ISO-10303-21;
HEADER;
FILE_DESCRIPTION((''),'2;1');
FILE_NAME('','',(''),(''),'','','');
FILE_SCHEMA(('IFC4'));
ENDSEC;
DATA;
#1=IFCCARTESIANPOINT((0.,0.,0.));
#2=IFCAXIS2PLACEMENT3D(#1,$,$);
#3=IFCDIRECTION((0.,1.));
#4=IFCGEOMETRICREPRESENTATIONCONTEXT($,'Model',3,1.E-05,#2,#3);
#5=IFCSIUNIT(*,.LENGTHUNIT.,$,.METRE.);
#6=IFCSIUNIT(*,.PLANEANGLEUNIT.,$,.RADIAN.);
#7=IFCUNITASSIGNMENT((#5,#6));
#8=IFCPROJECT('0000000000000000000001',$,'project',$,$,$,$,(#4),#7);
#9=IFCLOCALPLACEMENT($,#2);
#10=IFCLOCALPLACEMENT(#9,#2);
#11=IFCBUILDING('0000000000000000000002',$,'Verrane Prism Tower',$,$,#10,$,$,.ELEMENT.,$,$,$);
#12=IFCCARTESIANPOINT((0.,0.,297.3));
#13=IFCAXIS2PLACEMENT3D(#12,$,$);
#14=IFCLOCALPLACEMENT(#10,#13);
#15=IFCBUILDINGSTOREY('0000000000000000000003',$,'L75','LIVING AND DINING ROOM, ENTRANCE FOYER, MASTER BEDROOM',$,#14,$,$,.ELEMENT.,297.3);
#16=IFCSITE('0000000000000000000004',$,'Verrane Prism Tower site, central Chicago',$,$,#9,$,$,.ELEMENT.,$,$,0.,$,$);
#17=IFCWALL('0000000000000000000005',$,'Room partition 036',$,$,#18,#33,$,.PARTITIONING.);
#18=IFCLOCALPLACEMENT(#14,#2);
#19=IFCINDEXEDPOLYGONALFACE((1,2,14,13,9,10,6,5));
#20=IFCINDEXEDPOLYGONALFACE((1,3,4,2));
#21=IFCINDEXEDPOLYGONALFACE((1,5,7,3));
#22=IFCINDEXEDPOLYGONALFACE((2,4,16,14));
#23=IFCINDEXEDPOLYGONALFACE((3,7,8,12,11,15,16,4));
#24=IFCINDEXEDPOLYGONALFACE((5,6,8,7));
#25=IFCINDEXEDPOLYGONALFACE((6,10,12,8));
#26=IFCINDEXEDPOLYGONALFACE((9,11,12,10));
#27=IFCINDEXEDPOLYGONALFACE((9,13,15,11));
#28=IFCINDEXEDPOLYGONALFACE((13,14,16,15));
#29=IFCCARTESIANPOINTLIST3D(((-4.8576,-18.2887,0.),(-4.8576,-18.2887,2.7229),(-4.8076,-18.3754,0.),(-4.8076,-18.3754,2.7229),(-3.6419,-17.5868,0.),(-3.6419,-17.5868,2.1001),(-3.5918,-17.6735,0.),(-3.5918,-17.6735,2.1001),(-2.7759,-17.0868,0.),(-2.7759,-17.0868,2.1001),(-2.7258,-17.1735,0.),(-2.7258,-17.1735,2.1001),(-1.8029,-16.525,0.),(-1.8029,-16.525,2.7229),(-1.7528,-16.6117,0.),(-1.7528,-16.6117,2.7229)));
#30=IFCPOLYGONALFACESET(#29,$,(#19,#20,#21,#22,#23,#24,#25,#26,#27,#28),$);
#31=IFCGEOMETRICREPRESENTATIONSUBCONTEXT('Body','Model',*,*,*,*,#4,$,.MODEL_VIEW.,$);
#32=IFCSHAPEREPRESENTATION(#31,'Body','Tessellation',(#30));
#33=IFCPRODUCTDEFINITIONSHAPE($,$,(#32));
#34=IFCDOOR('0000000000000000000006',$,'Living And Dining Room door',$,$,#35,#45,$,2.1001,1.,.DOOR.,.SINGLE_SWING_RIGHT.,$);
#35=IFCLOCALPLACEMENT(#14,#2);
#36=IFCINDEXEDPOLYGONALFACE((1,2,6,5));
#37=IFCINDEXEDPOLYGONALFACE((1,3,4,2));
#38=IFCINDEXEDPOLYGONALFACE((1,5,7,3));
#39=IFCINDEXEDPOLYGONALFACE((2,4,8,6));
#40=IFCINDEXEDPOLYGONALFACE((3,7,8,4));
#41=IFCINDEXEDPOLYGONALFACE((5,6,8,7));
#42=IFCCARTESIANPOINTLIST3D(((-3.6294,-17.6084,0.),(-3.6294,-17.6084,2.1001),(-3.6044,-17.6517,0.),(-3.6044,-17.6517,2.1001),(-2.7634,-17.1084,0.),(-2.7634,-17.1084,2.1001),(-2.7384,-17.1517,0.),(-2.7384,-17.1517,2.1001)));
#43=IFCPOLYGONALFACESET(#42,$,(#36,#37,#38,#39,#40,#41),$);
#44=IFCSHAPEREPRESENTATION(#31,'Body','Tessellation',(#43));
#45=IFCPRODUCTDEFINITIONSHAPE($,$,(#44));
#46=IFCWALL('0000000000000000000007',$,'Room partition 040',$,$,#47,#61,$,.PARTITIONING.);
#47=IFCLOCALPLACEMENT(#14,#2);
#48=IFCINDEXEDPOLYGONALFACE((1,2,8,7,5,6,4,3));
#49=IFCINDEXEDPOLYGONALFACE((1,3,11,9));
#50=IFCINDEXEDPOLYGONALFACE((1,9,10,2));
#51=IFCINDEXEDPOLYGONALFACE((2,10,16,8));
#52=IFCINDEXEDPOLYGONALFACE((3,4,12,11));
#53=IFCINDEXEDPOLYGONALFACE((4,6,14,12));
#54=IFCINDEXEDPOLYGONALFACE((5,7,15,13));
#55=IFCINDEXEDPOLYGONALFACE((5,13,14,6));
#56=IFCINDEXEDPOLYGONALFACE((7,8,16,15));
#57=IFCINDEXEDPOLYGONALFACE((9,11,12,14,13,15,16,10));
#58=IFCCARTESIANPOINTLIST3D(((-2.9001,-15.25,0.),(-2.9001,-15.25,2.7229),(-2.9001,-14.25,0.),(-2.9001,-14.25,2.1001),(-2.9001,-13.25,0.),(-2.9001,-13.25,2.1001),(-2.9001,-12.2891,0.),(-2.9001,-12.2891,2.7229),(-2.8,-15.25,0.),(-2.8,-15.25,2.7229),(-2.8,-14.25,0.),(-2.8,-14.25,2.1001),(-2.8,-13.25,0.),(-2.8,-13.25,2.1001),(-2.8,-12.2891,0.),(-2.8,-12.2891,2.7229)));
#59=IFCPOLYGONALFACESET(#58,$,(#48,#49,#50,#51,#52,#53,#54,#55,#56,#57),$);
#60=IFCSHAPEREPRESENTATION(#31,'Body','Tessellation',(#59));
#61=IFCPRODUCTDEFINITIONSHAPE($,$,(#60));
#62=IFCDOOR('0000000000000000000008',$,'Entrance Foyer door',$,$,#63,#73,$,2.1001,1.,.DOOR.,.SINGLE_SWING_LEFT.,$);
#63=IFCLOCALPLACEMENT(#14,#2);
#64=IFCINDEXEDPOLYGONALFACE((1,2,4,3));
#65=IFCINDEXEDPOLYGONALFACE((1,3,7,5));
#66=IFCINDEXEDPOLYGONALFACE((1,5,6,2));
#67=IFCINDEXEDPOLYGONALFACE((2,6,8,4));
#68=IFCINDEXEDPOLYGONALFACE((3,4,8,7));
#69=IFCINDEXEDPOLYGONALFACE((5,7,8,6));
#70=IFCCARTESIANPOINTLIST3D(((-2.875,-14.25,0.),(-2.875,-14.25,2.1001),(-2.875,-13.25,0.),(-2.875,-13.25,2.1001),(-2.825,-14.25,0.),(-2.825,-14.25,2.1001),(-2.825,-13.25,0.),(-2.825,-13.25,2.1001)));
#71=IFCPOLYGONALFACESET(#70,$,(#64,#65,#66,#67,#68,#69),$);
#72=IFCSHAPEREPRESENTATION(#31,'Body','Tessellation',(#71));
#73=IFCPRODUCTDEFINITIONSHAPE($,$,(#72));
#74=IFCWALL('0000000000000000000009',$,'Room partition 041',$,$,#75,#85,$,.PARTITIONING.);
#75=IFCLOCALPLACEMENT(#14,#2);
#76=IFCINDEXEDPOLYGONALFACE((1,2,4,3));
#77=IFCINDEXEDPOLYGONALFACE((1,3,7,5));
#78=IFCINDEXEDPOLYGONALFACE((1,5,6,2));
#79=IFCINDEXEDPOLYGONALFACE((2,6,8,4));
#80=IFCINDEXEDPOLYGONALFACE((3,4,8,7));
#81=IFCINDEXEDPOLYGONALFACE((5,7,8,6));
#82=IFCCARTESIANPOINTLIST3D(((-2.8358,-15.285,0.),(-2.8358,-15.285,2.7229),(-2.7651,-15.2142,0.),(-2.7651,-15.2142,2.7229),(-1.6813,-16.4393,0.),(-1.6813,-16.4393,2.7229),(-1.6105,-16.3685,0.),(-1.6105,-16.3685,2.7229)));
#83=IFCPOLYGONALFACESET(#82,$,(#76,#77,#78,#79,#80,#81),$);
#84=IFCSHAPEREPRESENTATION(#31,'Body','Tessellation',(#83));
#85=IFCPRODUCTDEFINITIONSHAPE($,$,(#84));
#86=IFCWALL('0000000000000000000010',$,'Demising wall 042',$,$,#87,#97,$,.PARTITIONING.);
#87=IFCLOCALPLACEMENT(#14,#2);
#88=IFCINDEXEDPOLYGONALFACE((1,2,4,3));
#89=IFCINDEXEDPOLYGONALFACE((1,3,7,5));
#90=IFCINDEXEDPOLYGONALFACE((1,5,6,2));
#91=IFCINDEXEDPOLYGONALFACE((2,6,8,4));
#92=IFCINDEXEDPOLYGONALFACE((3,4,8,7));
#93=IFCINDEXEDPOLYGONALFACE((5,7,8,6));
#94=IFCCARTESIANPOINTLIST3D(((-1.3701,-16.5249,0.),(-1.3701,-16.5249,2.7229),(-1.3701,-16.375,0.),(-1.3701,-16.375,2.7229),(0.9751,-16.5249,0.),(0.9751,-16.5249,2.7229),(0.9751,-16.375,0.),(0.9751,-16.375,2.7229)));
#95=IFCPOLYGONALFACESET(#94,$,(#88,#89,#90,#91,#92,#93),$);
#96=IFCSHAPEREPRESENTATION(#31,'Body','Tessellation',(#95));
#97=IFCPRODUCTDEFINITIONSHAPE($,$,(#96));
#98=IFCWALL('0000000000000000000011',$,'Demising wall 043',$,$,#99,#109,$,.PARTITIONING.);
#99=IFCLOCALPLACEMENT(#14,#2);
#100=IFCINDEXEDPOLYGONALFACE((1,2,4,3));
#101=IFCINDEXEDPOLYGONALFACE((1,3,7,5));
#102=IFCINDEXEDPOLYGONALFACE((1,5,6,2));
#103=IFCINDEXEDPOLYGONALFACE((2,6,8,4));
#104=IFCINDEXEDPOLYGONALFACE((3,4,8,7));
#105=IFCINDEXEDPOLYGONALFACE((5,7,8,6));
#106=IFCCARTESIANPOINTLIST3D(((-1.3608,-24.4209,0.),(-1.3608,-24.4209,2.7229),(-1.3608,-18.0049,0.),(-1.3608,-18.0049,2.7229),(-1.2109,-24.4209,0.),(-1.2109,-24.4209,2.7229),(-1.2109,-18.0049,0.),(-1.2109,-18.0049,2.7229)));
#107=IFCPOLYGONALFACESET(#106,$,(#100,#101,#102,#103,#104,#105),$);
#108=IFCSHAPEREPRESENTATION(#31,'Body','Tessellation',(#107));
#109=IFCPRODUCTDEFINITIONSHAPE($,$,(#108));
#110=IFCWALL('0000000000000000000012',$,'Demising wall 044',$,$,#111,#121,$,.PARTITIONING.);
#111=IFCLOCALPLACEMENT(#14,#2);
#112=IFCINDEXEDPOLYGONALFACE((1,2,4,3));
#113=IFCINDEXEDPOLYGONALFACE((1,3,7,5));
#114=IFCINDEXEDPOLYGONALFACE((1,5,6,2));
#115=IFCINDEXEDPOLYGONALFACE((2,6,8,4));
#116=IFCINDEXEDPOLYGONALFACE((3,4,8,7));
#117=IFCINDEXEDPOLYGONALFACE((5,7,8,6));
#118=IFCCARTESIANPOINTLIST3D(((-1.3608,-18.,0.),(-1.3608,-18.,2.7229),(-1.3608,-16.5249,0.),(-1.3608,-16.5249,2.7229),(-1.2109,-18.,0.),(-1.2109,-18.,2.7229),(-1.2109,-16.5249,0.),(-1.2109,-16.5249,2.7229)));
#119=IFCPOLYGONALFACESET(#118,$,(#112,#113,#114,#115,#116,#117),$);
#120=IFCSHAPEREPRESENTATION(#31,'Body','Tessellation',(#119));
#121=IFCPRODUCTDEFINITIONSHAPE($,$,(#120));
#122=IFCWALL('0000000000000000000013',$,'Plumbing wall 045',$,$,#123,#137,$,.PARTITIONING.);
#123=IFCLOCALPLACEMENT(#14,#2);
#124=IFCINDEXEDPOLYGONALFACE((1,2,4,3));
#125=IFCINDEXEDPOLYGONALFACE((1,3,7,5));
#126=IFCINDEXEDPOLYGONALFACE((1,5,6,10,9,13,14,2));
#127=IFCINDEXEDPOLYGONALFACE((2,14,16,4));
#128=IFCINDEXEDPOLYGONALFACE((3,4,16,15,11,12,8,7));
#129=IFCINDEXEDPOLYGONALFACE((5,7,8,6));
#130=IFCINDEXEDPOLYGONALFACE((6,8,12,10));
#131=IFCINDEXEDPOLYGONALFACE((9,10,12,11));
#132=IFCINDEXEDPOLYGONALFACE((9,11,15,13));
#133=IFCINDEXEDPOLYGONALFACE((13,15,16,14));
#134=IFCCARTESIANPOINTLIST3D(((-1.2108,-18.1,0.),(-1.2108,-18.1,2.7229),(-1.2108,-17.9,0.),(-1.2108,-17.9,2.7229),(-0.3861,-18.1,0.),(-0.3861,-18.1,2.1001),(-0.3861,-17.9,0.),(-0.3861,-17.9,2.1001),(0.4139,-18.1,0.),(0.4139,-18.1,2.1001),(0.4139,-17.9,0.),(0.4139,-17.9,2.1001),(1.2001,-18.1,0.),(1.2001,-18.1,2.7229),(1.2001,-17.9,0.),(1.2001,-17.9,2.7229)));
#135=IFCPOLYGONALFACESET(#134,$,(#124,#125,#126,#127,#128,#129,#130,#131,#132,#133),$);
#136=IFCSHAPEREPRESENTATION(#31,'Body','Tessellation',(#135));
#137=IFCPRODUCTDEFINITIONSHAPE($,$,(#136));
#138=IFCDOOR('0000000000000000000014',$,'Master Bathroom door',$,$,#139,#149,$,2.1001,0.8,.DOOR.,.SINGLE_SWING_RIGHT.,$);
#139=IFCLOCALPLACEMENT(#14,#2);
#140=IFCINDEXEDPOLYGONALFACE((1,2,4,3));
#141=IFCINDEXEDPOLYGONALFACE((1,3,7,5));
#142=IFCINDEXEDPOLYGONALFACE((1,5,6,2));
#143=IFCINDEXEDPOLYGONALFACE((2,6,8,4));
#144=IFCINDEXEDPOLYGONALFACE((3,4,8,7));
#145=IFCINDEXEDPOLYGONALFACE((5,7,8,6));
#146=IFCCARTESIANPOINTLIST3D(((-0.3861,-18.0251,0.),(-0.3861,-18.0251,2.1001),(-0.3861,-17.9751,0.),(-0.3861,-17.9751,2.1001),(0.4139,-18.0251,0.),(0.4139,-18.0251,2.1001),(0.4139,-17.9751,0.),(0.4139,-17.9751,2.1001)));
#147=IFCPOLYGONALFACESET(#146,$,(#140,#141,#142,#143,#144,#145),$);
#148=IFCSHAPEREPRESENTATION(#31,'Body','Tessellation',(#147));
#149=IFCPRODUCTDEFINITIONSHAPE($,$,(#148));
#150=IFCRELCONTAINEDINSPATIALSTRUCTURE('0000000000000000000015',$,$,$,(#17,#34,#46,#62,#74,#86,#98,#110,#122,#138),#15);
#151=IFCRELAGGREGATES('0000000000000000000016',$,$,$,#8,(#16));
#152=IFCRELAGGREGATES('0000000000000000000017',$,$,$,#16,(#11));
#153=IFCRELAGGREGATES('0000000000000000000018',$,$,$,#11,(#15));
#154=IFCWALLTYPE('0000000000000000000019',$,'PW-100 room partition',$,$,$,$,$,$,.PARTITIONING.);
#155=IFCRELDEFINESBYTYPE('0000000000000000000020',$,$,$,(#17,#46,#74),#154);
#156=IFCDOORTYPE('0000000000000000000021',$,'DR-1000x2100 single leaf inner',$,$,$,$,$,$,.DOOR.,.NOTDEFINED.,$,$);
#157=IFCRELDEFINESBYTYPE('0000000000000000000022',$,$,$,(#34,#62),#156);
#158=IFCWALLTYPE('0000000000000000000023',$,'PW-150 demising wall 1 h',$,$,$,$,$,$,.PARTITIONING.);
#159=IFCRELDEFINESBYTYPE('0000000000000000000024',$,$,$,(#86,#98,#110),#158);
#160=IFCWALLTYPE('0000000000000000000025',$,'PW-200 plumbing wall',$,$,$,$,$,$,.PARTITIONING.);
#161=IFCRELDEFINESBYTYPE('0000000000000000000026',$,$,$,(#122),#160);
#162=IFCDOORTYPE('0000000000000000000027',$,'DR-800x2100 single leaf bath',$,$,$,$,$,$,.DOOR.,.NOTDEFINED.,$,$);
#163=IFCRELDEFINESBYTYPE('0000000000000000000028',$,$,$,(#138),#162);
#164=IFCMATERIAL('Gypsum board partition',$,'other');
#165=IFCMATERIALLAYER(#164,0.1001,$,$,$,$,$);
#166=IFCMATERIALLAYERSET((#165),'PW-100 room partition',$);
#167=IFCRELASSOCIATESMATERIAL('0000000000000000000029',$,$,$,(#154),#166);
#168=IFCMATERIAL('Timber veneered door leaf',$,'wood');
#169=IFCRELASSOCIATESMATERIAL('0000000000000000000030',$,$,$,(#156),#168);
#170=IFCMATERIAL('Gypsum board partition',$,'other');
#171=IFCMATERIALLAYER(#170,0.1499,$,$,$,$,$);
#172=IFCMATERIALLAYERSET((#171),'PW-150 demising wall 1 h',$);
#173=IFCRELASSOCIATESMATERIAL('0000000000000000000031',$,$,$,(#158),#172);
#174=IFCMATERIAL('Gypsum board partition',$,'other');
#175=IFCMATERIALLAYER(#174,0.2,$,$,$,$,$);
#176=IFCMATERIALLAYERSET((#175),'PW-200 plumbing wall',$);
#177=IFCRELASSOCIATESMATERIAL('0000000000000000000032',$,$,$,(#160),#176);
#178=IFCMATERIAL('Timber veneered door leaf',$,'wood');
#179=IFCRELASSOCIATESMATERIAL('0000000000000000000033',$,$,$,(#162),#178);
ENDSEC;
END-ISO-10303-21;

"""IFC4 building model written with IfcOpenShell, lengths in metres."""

from ifc_helpers import new_model, si_unit, direction, frame, frame_2d, origin, place, context, subcontext, project, spatial, rectangle, extrude, material, layer, layer_set, type_object, element, fill, save


model = new_model("IFC4")

# Units and contexts
model_context = context("Model", 3, precision=1e-05, world=origin(), true_north=direction((0.0, 1.0)))
body_context = subcontext(model_context, "Body", "Model", "MODEL_VIEW")
ifc_project = project(units=[si_unit("LENGTHUNIT", "METRE"), si_unit("PLANEANGLEUNIT", "RADIAN")], contexts=[model_context])

# Site, building, storey
site_placement = place(None, origin())
site = spatial("IfcSite", under=ifc_project, at=site_placement, Name="Verrane Prism Tower site, central Chicago", CompositionType="ELEMENT", RefElevation=0.0)
building_placement = place(site_placement, origin())
building = spatial("IfcBuilding", under=site, at=building_placement, Name="Verrane Prism Tower", CompositionType="ELEMENT")
storey_placement = place(building_placement, frame((0.0, 0.0, 297.3)))
storey = spatial("IfcBuildingStorey", under=building, at=storey_placement, Name="L75", Description="LIVING AND DINING ROOM, ENTRANCE FOYER, MASTER BEDROOM", CompositionType="ELEMENT", Elevation=297.3)

# Walls, openings, doors
ifc_material_1 = material(Name="Gypsum board partition", Category="other")
ifc_layer_1 = layer(ifc_material_1, 0.1001)
ifc_layer_set_1 = layer_set([ifc_layer_1], Name="PW-100 room partition")
wall_type_1 = type_object("IfcWallType", Name="PW-100 room partition", PredefinedType="PARTITIONING", material=ifc_layer_set_1)
wall_1_placement = place(storey_placement, frame((-1.7778, -16.5684, 0.0), z_axis=(0.0, 0.0, 1.0), x_axis=(-0.86602, -0.50001, 0.0)))
wall_1 = element("IfcWall", 1, at=wall_1_placement, inside=storey, type_object=wall_type_1, Name="Room partition 036", PredefinedType="PARTITIONING", context=body_context, shape_type="SweptSolid", body=[
    extrude(rectangle(XDim=3.5273, YDim=0.1001, at=frame_2d((1.7637, 0.0))), origin(), (0.0, 0.0, 1.0), 2.7229),
])
opening_1_placement = place(wall_1_placement, frame((1.1235, 0.0, 0.0)))
opening_1 = element("IfcOpeningElement", 2, at=opening_1_placement, cuts=wall_1, PredefinedType="OPENING", context=body_context, shape_type="SweptSolid", body=[
    extrude(rectangle(XDim=1.0, YDim=2.1001, at=frame_2d((0.5, 1.05))), frame((0.0, 0.0601, 0.0), z_axis=(0.0, -1.0, 0.0), x_axis=(1.0, 0.0, 0.0)), (0.0, 0.0, 1.0), 0.1201),
])
ifc_material_2 = material(Name="Timber veneered door leaf", Category="wood")
door_type_1 = type_object("IfcDoorType", Name="DR-1000x2100 single leaf inner", OperationType="NOTDEFINED", PredefinedType="DOOR", material=ifc_material_2)
door_1_placement = place(opening_1_placement, origin())
door_1 = element("IfcDoor", 3, at=door_1_placement, inside=storey, type_object=door_type_1, Name="Living And Dining Room door", OperationType="SINGLE_SWING_RIGHT", OverallHeight=2.1001, OverallWidth=1.0, PredefinedType="DOOR", context=body_context, shape_type="SweptSolid", body=[
    extrude(rectangle(XDim=1.0, YDim=2.1001, at=frame_2d((0.5, 1.05))), frame((0.0, 0.0249, 0.0), z_axis=(0.0, -1.0, 0.0), x_axis=(1.0, 0.0, 0.0)), (0.0, 0.0, 1.0), 0.05),
])
fill(opening_1, door_1)
wall_2_placement = place(storey_placement, frame((-2.8501, -15.25, 0.0), z_axis=(0.0, 0.0, 1.0), x_axis=(0.0, 1.0, 0.0)))
wall_2 = element("IfcWall", 4, at=wall_2_placement, inside=storey, type_object=wall_type_1, Name="Room partition 040", PredefinedType="PARTITIONING", context=body_context, shape_type="SweptSolid", body=[
    extrude(rectangle(XDim=2.9609, YDim=0.1001, at=frame_2d((1.4805, 0.0))), origin(), (0.0, 0.0, 1.0), 2.7229),
])
opening_2_placement = place(wall_2_placement, frame((1.0, 0.0, 0.0)))
opening_2 = element("IfcOpeningElement", 5, at=opening_2_placement, cuts=wall_2, PredefinedType="OPENING", context=body_context, shape_type="SweptSolid", body=[
    extrude(rectangle(XDim=1.0, YDim=2.1001, at=frame_2d((0.5, 1.05))), frame((0.0, 0.0601, 0.0), z_axis=(0.0, -1.0, 0.0), x_axis=(1.0, 0.0, 0.0)), (0.0, 0.0, 1.0), 0.1201),
])
door_2_placement = place(opening_2_placement, origin())
door_2 = element("IfcDoor", 6, at=door_2_placement, inside=storey, type_object=door_type_1, Name="Entrance Foyer door", OperationType="SINGLE_SWING_LEFT", OverallHeight=2.1001, OverallWidth=1.0, PredefinedType="DOOR", context=body_context, shape_type="SweptSolid", body=[
    extrude(rectangle(XDim=1.0, YDim=2.1001, at=frame_2d((0.5, 1.05))), frame((0.0, 0.0249, 0.0), z_axis=(0.0, -1.0, 0.0), x_axis=(1.0, 0.0, 0.0)), (0.0, 0.0, 1.0), 0.05),
])
fill(opening_2, door_2)

# Walls
wall_3_placement = place(storey_placement, frame((-2.8005, -15.2495, 0.0), z_axis=(0.0, 0.0, 1.0), x_axis=(0.707182, -0.707032, 0.0)))
element("IfcWall", 7, at=wall_3_placement, inside=storey, type_object=wall_type_1, Name="Room partition 041", PredefinedType="PARTITIONING", context=body_context, shape_type="SweptSolid", body=[
    extrude(rectangle(XDim=1.6326, YDim=0.1001, at=frame_2d((0.8164, 0.0))), origin(), (0.0, 0.0, 1.0), 2.7229),
])
ifc_material_3 = material(Name="Gypsum board partition", Category="other")
ifc_layer_2 = layer(ifc_material_3, 0.1499)
ifc_layer_set_2 = layer_set([ifc_layer_2], Name="PW-150 demising wall 1 h")
wall_type_2 = type_object("IfcWallType", Name="PW-150 demising wall 1 h", PredefinedType="PARTITIONING", material=ifc_layer_set_2)
wall_4_placement = place(storey_placement, frame((-1.3701, -16.45, 0.0), z_axis=(0.0, 0.0, 1.0), x_axis=(1.0, 0.0, 0.0)))
element("IfcWall", 8, at=wall_4_placement, inside=storey, type_object=wall_type_2, Name="Demising wall 042", PredefinedType="PARTITIONING", context=body_context, shape_type="SweptSolid", body=[
    extrude(rectangle(XDim=2.3452, YDim=0.1499, at=frame_2d((1.1726, 0.0))), origin(), (0.0, 0.0, 1.0), 2.7229),
])
wall_5_placement = place(storey_placement, frame((-1.2859, -24.4209, 0.0), z_axis=(0.0, 0.0, 1.0), x_axis=(0.0, 1.0, 0.0)))
element("IfcWall", 9, at=wall_5_placement, inside=storey, type_object=wall_type_2, Name="Demising wall 043", PredefinedType="PARTITIONING", context=body_context, shape_type="SweptSolid", body=[
    extrude(rectangle(XDim=6.416, YDim=0.1499, at=frame_2d((3.208, 0.0))), origin(), (0.0, 0.0, 1.0), 2.7229),
])
wall_6_placement = place(storey_placement, frame((-1.2859, -18.0, 0.0), z_axis=(0.0, 0.0, 1.0), x_axis=(0.0, 1.0, 0.0)))
element("IfcWall", 10, at=wall_6_placement, inside=storey, type_object=wall_type_2, Name="Demising wall 044", PredefinedType="PARTITIONING", context=body_context, shape_type="SweptSolid", body=[
    extrude(rectangle(XDim=1.4751, YDim=0.1499, at=frame_2d((0.7375, 0.0))), origin(), (0.0, 0.0, 1.0), 2.7229),
])

# Wall, opening, door
ifc_material_4 = material(Name="Gypsum board partition", Category="other")
ifc_layer_3 = layer(ifc_material_4, 0.2)
ifc_layer_set_3 = layer_set([ifc_layer_3], Name="PW-200 plumbing wall")
wall_type_3 = type_object("IfcWallType", Name="PW-200 plumbing wall", PredefinedType="PARTITIONING", material=ifc_layer_set_3)
wall_7_placement = place(storey_placement, frame((-1.2109, -18.0, 0.0), z_axis=(0.0, 0.0, 1.0), x_axis=(1.0, 0.0, 0.0)))
wall_7 = element("IfcWall", 11, at=wall_7_placement, inside=storey, type_object=wall_type_3, Name="Plumbing wall 045", PredefinedType="PARTITIONING", context=body_context, shape_type="SweptSolid", body=[
    extrude(rectangle(XDim=2.4109, YDim=0.2, at=frame_2d((1.2056, 0.0))), origin(), (0.0, 0.0, 1.0), 2.7229),
])
opening_3_placement = place(wall_7_placement, frame((0.825, 0.0, 0.0)))
opening_3 = element("IfcOpeningElement", 12, at=opening_3_placement, cuts=wall_7, PredefinedType="OPENING", context=body_context, shape_type="SweptSolid", body=[
    extrude(rectangle(XDim=0.8, YDim=2.1001, at=frame_2d((0.3999, 1.05))), frame((0.0, 0.1099, 0.0), z_axis=(0.0, -1.0, 0.0), x_axis=(1.0, 0.0, 0.0)), (0.0, 0.0, 1.0), 0.22),
])
ifc_material_5 = material(Name="Timber veneered door leaf", Category="wood")
door_type_2 = type_object("IfcDoorType", Name="DR-800x2100 single leaf bath", OperationType="NOTDEFINED", PredefinedType="DOOR", material=ifc_material_5)
door_3_placement = place(opening_3_placement, origin())
door_3 = element("IfcDoor", 13, at=door_3_placement, inside=storey, type_object=door_type_2, Name="Master Bathroom door", OperationType="SINGLE_SWING_RIGHT", OverallHeight=2.1001, OverallWidth=0.8, PredefinedType="DOOR", context=body_context, shape_type="SweptSolid", body=[
    extrude(rectangle(XDim=0.8, YDim=2.1001, at=frame_2d((0.3999, 1.05))), frame((0.0, 0.0249, 0.0), z_axis=(0.0, -1.0, 0.0), x_axis=(1.0, 0.0, 0.0)), (0.0, 0.0, 1.0), 0.05),
])
fill(opening_3, door_3)

save(model, "model.ifc")
